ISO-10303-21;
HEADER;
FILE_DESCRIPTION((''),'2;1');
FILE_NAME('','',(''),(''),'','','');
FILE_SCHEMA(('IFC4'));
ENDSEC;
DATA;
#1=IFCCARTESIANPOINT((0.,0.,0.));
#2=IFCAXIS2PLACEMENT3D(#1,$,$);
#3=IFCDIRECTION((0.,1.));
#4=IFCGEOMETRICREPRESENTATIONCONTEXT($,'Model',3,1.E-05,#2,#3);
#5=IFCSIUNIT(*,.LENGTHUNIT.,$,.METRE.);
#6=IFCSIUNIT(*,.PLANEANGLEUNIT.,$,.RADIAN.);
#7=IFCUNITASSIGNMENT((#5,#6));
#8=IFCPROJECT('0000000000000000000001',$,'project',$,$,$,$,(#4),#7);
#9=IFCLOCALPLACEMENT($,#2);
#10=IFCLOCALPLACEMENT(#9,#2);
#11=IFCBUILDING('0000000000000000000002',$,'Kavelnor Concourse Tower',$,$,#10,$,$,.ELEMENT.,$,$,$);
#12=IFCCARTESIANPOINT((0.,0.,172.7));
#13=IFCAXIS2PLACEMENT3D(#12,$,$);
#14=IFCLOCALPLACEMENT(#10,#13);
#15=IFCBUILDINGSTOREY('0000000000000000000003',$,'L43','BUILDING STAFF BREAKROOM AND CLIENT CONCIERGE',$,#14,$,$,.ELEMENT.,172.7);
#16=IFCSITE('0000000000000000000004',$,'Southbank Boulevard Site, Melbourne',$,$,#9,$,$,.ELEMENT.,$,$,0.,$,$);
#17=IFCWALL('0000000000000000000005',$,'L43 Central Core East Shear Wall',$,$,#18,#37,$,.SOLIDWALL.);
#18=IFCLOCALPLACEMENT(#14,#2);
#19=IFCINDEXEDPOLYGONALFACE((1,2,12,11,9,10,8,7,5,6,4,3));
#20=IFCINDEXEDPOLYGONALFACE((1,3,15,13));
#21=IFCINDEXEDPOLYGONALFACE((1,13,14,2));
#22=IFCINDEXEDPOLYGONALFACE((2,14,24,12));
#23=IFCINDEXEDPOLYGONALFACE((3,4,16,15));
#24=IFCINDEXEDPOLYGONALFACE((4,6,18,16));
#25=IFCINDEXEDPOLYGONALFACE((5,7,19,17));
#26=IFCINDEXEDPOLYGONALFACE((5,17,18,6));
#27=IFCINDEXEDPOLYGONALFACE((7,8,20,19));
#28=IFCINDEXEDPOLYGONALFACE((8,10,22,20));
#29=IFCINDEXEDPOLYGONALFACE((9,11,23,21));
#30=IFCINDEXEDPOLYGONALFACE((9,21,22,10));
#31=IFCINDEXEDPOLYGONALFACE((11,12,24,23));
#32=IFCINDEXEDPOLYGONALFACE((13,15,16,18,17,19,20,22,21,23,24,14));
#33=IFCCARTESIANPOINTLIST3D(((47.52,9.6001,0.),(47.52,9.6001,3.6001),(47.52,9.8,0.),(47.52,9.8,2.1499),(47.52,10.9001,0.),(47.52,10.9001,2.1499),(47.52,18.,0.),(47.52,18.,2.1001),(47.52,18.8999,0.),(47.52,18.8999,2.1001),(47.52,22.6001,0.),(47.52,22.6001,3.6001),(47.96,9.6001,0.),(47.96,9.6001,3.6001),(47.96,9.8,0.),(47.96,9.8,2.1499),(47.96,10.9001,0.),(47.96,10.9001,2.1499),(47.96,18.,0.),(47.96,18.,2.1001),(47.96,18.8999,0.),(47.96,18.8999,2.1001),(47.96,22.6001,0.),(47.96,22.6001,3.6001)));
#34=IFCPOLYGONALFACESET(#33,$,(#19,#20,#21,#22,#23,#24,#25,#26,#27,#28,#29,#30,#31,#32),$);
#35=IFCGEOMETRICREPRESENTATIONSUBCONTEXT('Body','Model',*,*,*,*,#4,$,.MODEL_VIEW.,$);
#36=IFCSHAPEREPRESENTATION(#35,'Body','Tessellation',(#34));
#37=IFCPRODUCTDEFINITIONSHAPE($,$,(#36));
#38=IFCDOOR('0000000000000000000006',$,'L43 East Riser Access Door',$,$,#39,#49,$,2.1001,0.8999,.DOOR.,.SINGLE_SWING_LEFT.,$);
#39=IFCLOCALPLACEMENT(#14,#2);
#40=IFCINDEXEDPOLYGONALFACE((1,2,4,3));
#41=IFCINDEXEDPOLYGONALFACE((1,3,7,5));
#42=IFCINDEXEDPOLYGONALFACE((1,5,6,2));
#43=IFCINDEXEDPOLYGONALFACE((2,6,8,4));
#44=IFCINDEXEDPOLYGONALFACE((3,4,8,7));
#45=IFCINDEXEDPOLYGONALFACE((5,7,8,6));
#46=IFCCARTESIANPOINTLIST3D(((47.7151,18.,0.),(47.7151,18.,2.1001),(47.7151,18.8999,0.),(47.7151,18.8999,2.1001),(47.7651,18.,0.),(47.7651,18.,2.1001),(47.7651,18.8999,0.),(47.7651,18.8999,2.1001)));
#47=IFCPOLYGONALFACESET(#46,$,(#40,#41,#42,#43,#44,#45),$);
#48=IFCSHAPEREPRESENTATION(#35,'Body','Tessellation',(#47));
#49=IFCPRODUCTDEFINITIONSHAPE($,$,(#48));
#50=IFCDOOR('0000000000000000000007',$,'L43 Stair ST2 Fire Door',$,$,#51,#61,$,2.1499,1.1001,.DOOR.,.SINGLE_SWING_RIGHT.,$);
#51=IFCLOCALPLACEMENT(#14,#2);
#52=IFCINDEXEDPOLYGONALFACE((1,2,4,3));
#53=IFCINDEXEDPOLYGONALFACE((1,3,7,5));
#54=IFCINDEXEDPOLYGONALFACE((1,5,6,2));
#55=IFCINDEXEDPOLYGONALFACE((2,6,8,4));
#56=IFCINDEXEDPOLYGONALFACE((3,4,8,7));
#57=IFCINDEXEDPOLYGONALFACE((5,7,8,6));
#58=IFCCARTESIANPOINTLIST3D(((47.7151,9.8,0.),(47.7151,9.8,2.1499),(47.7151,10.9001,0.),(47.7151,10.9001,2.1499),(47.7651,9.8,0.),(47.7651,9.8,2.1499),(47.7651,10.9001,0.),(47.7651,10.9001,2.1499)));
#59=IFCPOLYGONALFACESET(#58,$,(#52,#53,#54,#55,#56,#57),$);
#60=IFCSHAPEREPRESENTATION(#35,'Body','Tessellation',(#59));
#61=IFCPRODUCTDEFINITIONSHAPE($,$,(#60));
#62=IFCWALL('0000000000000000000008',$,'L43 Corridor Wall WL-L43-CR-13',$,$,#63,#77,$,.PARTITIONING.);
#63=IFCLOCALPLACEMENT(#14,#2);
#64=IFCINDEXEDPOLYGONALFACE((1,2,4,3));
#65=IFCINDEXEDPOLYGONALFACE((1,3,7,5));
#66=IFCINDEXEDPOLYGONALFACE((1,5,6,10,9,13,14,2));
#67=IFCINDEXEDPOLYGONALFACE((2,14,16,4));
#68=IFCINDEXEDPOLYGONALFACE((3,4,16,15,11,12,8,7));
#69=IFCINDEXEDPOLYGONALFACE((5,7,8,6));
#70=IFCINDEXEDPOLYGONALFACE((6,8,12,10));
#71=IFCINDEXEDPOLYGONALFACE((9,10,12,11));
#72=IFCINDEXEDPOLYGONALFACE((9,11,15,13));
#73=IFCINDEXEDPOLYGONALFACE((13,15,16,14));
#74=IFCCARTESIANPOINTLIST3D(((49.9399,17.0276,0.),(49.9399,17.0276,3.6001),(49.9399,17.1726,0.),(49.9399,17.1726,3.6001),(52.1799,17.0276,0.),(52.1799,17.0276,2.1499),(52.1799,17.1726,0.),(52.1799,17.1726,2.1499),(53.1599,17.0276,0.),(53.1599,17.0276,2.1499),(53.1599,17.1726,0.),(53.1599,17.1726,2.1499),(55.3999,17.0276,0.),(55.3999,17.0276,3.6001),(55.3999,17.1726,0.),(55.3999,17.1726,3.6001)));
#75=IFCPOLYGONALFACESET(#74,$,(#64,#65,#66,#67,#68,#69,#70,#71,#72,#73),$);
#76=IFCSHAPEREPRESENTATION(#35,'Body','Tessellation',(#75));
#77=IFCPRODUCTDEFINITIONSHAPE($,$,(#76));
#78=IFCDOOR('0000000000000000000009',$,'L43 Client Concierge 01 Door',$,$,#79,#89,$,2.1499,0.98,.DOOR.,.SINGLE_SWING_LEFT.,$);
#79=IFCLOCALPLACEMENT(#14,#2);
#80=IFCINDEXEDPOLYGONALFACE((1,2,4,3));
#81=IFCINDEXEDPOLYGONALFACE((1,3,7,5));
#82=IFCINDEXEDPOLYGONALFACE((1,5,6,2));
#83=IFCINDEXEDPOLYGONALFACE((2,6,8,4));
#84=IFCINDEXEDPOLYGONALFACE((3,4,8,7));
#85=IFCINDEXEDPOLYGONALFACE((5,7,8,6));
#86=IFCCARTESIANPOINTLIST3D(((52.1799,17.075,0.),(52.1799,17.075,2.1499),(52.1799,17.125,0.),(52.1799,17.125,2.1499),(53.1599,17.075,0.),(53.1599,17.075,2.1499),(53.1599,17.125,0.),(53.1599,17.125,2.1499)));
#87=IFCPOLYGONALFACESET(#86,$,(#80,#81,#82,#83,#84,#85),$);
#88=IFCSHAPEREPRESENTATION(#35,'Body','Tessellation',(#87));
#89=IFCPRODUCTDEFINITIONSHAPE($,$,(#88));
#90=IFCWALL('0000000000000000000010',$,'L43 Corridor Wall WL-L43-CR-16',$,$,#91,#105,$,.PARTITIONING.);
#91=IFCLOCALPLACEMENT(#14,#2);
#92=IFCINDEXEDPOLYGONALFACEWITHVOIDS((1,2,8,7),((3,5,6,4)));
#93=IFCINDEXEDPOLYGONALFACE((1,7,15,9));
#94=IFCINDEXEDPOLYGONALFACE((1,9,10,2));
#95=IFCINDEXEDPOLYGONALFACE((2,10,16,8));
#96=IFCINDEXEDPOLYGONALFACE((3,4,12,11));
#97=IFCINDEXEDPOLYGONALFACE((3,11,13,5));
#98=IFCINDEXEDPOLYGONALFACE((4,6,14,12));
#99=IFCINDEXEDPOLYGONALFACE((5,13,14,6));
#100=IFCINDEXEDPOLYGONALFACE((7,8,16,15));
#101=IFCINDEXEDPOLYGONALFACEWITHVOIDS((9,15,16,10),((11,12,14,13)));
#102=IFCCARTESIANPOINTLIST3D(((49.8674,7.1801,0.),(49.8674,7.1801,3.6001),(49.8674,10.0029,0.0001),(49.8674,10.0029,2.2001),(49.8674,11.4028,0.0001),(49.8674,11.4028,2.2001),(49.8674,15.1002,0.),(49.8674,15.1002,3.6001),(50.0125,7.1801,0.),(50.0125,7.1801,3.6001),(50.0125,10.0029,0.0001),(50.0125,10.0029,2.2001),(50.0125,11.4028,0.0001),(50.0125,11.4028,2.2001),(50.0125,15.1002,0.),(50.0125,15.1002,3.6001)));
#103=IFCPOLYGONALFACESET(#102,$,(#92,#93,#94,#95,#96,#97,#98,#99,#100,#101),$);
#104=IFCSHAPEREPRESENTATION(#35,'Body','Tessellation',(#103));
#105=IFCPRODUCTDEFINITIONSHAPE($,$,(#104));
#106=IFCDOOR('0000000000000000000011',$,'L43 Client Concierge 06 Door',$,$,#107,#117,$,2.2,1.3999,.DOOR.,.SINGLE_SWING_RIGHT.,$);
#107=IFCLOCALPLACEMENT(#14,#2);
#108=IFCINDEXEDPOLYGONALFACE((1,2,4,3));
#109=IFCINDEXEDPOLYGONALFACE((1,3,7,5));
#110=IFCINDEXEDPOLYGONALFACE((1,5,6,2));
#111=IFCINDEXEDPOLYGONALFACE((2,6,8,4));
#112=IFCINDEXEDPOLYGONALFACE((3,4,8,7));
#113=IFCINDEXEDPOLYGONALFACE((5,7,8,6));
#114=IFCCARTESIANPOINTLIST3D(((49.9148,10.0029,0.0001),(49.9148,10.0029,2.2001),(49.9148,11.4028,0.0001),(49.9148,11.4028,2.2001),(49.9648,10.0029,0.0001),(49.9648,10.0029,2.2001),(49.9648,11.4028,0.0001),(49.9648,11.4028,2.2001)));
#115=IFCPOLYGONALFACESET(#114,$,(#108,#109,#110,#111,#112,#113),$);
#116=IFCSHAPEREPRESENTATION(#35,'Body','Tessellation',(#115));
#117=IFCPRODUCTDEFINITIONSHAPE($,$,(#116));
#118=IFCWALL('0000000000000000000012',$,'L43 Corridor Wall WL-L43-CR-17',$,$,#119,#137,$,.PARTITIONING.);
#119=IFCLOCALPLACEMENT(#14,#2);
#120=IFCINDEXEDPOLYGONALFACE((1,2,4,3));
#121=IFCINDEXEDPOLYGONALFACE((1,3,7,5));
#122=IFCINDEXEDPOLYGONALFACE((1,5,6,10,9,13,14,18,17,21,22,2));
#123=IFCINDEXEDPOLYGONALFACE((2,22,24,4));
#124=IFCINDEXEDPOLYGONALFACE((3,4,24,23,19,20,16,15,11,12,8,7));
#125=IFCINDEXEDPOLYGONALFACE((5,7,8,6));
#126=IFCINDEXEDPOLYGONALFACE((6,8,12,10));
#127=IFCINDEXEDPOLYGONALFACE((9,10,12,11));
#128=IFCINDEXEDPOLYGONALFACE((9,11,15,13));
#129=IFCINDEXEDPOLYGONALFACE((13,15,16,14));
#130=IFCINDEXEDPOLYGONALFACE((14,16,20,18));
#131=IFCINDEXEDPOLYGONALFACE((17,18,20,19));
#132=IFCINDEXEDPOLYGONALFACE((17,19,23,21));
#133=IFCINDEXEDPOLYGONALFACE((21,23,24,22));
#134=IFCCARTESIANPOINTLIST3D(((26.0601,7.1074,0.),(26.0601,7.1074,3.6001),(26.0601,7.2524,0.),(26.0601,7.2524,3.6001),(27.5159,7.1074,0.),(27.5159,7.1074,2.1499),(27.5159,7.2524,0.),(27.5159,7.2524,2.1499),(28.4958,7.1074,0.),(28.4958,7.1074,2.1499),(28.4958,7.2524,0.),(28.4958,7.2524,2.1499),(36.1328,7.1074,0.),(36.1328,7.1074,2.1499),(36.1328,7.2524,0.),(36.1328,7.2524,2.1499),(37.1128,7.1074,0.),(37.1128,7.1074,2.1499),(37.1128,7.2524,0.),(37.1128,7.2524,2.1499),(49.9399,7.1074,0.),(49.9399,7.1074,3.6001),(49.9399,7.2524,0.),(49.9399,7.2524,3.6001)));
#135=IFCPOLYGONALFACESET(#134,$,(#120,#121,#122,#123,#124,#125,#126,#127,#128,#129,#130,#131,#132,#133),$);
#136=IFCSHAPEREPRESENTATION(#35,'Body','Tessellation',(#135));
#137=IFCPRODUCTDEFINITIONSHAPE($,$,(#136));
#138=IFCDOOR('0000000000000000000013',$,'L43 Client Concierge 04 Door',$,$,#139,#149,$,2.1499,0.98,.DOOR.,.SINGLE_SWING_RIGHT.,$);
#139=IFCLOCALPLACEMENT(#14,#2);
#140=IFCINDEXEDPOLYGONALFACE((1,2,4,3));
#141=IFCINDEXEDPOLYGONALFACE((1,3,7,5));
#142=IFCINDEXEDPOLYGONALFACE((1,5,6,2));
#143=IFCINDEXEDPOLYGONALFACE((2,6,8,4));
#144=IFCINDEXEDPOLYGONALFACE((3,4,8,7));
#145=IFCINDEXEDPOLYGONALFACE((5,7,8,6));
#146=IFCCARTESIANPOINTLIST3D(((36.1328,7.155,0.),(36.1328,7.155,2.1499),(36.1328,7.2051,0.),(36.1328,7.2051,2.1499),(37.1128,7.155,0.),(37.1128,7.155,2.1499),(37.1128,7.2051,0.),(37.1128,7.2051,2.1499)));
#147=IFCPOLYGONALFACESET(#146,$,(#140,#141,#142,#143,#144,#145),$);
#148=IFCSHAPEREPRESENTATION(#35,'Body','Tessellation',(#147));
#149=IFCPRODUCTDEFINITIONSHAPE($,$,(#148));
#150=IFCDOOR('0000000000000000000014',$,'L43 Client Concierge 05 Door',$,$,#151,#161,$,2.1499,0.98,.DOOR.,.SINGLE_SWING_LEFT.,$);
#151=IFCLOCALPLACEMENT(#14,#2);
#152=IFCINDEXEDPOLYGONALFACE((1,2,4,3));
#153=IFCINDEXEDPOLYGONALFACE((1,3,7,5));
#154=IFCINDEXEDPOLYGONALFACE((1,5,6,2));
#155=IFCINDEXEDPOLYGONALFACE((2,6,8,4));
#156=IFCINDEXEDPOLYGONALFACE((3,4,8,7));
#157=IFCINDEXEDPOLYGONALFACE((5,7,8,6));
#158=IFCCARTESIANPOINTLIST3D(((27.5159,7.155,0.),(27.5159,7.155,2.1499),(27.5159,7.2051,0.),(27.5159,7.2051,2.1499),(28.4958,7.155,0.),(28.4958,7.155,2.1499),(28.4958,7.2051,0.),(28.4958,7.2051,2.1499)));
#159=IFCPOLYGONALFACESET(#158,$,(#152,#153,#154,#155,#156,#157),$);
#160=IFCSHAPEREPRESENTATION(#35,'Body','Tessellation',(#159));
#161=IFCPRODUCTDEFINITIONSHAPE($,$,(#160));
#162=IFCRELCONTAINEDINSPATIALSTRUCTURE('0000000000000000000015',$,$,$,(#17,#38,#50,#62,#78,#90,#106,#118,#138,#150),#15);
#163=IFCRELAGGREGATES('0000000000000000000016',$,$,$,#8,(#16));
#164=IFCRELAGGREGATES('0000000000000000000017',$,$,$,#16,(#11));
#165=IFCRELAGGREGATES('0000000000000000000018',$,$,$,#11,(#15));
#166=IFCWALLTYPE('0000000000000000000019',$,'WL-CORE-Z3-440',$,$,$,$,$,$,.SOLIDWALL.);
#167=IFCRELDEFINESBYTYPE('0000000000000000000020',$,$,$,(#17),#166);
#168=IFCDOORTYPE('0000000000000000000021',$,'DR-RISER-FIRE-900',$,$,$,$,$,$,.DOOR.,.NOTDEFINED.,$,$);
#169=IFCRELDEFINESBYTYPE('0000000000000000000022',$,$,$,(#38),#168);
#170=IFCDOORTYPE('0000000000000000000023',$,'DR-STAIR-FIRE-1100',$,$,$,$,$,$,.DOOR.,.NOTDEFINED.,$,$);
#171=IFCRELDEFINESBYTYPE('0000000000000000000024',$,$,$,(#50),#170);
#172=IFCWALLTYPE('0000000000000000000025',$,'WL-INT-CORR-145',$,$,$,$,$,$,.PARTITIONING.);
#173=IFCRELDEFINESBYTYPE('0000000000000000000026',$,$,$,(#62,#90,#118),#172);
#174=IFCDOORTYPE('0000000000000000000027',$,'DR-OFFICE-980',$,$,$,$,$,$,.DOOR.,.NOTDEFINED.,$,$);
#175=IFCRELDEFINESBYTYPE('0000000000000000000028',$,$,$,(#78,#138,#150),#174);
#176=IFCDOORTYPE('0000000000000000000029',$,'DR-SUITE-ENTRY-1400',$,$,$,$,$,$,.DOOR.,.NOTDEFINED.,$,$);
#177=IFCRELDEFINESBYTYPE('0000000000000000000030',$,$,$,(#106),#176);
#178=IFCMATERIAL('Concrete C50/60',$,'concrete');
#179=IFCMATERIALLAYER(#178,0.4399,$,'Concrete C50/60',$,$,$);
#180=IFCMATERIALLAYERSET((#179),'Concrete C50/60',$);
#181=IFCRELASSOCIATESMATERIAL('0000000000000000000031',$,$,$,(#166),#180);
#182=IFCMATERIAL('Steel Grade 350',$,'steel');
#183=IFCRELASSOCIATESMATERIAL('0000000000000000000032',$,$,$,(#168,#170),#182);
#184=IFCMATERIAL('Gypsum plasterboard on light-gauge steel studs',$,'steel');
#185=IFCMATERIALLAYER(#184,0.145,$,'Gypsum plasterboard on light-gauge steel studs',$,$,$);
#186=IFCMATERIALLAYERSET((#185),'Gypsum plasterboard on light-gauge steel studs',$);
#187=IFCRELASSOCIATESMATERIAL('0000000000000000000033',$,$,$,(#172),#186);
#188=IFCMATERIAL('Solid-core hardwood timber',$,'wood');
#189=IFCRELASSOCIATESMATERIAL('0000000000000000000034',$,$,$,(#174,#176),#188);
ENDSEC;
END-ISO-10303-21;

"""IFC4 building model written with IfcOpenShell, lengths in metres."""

from ifc_helpers import new_model, si_unit, direction, frame, frame_2d, origin, place, context, subcontext, project, spatial, rectangle, extrude, material, layer, layer_set, type_object, element, fill, save


model = new_model("IFC4")

# Units and contexts
model_context = context("Model", 3, precision=1e-05, world=origin(), true_north=direction((0.0, 1.0)))
body_context = subcontext(model_context, "Body", "Model", "MODEL_VIEW")
ifc_project = project(units=[si_unit("LENGTHUNIT", "METRE"), si_unit("PLANEANGLEUNIT", "RADIAN")], contexts=[model_context])

# Site, building, storey
site_placement = place(None, origin())
site = spatial("IfcSite", under=ifc_project, at=site_placement, Name="Southbank Boulevard Site, Melbourne", CompositionType="ELEMENT", RefElevation=0.0)
building_placement = place(site_placement, origin())
building = spatial("IfcBuilding", under=site, at=building_placement, Name="Kavelnor Concourse Tower", CompositionType="ELEMENT")
storey_placement = place(building_placement, frame((0.0, 0.0, 172.7)))
storey = spatial("IfcBuildingStorey", under=building, at=storey_placement, Name="L43", Description="BUILDING STAFF BREAKROOM AND CLIENT CONCIERGE", CompositionType="ELEMENT", Elevation=172.7)

# Shared definitions
ifc_material_1 = material(Name="Steel Grade 350", Category="steel")

# Wall, openings, doors
ifc_material_2 = material(Name="Concrete C50/60", Category="concrete")
ifc_layer_1 = layer(ifc_material_2, 0.4399, Name="Concrete C50/60")
ifc_layer_set_1 = layer_set([ifc_layer_1], Name="Concrete C50/60")
wall_type_1 = type_object("IfcWallType", Name="WL-CORE-Z3-440", PredefinedType="SOLIDWALL", material=ifc_layer_set_1)
wall_1_placement = place(storey_placement, frame((47.74, 9.6001, 0.0), z_axis=(0.0, 0.0, 1.0), x_axis=(0.0, 1.0, 0.0)))
wall_1 = element("IfcWall", 1, at=wall_1_placement, inside=storey, type_object=wall_type_1, Name="L43 Central Core East Shear Wall", PredefinedType="SOLIDWALL", context=body_context, shape_type="SweptSolid", body=[
    extrude(rectangle(XDim=13.0, YDim=0.4399, at=frame_2d((6.5, 0.0))), origin(), (0.0, 0.0, 1.0), 3.6001),
])
opening_1_placement = place(wall_1_placement, frame((0.2, 0.0, 0.0)))
opening_1 = element("IfcOpeningElement", 2, at=opening_1_placement, cuts=wall_1, PredefinedType="OPENING", context=body_context, shape_type="SweptSolid", body=[
    extrude(rectangle(XDim=1.1001, YDim=2.1499, at=frame_2d((0.55, 1.075))), frame((0.0, 0.23, 0.0), z_axis=(0.0, -1.0, 0.0), x_axis=(1.0, 0.0, 0.0)), (0.0, 0.0, 1.0), 0.46),
])
opening_2_placement = place(wall_1_placement, frame((8.3999, 0.0, 0.0)))
opening_2 = element("IfcOpeningElement", 3, at=opening_2_placement, cuts=wall_1, PredefinedType="OPENING", context=body_context, shape_type="SweptSolid", body=[
    extrude(rectangle(XDim=0.8999, YDim=2.1001, at=frame_2d((0.45, 1.05))), frame((0.0, 0.23, 0.0), z_axis=(0.0, -1.0, 0.0), x_axis=(1.0, 0.0, 0.0)), (0.0, 0.0, 1.0), 0.46),
])
door_type_1 = type_object("IfcDoorType", Name="DR-RISER-FIRE-900", OperationType="NOTDEFINED", PredefinedType="DOOR", material=ifc_material_1)
door_1_placement = place(opening_2_placement, origin())
door_1 = element("IfcDoor", 4, at=door_1_placement, inside=storey, type_object=door_type_1, Name="L43 East Riser Access Door", OperationType="SINGLE_SWING_LEFT", OverallHeight=2.1001, OverallWidth=0.8999, PredefinedType="DOOR", context=body_context, shape_type="SweptSolid", body=[
    extrude(rectangle(XDim=0.8999, YDim=2.1001, at=frame_2d((0.45, 1.05))), frame((0.0, 0.0249, 0.0), z_axis=(0.0, -1.0, 0.0), x_axis=(1.0, 0.0, 0.0)), (0.0, 0.0, 1.0), 0.05),
])
fill(opening_2, door_1)
door_type_2 = type_object("IfcDoorType", Name="DR-STAIR-FIRE-1100", OperationType="NOTDEFINED", PredefinedType="DOOR", material=ifc_material_1)
door_2_placement = place(opening_1_placement, origin())
door_2 = element("IfcDoor", 5, at=door_2_placement, inside=storey, type_object=door_type_2, Name="L43 Stair ST2 Fire Door", OperationType="SINGLE_SWING_RIGHT", OverallHeight=2.1499, OverallWidth=1.1001, PredefinedType="DOOR", context=body_context, shape_type="SweptSolid", body=[
    extrude(rectangle(XDim=1.1001, YDim=2.1499, at=frame_2d((0.55, 1.075))), frame((0.0, 0.0249, 0.0), z_axis=(0.0, -1.0, 0.0), x_axis=(1.0, 0.0, 0.0)), (0.0, 0.0, 1.0), 0.05),
])
fill(opening_1, door_2)

# Walls, openings, doors
ifc_material_3 = material(Name="Gypsum plasterboard on light-gauge steel studs", Category="steel")
ifc_layer_2 = layer(ifc_material_3, 0.145, Name="Gypsum plasterboard on light-gauge steel studs")
ifc_layer_set_2 = layer_set([ifc_layer_2], Name="Gypsum plasterboard on light-gauge steel studs")
wall_type_2 = type_object("IfcWallType", Name="WL-INT-CORR-145", PredefinedType="PARTITIONING", material=ifc_layer_set_2)
wall_2_placement = place(storey_placement, frame((49.9399, 17.1001, 0.0), z_axis=(0.0, 0.0, 1.0), x_axis=(1.0, 0.0, 0.0)))
wall_2 = element("IfcWall", 6, at=wall_2_placement, inside=storey, type_object=wall_type_2, Name="L43 Corridor Wall WL-L43-CR-13", PredefinedType="PARTITIONING", context=body_context, shape_type="SweptSolid", body=[
    extrude(rectangle(XDim=5.46, YDim=0.145, at=frame_2d((2.73, 0.0))), origin(), (0.0, 0.0, 1.0), 3.6001),
])
opening_3_placement = place(wall_2_placement, frame((2.24, 0.0, 0.0)))
opening_3 = element("IfcOpeningElement", 7, at=opening_3_placement, cuts=wall_2, PredefinedType="OPENING", context=body_context, shape_type="SweptSolid", body=[
    extrude(rectangle(XDim=0.98, YDim=2.1499, at=frame_2d((0.49, 1.075))), frame((0.0, 0.0825, 0.0), z_axis=(0.0, -1.0, 0.0), x_axis=(1.0, 0.0, 0.0)), (0.0, 0.0, 1.0), 0.165),
])
ifc_material_4 = material(Name="Solid-core hardwood timber", Category="wood")
door_type_3 = type_object("IfcDoorType", Name="DR-OFFICE-980", OperationType="NOTDEFINED", PredefinedType="DOOR", material=ifc_material_4)
door_3_placement = place(opening_3_placement, origin())
door_3 = element("IfcDoor", 8, at=door_3_placement, inside=storey, type_object=door_type_3, Name="L43 Client Concierge 01 Door", OperationType="SINGLE_SWING_LEFT", OverallHeight=2.1499, OverallWidth=0.98, PredefinedType="DOOR", context=body_context, shape_type="SweptSolid", body=[
    extrude(rectangle(XDim=0.98, YDim=2.1499, at=frame_2d((0.49, 1.075))), frame((0.0, 0.0249, 0.0), z_axis=(0.0, -1.0, 0.0), x_axis=(1.0, 0.0, 0.0)), (0.0, 0.0, 1.0), 0.05),
])
fill(opening_3, door_3)
wall_3_placement = place(storey_placement, frame((49.9399, 15.1001, 0.0), z_axis=(0.0, 0.0, 1.0), x_axis=(0.0, -1.0, 0.0)))
wall_3 = element("IfcWall", 9, at=wall_3_placement, inside=storey, type_object=wall_type_2, Name="L43 Corridor Wall WL-L43-CR-16", PredefinedType="PARTITIONING", context=body_context, shape_type="SweptSolid", body=[
    extrude(rectangle(XDim=7.9202, YDim=0.145, at=frame_2d((3.96, 0.0))), origin(), (0.0, 0.0, 1.0), 3.6001),
])
opening_4_placement = place(wall_3_placement, frame((3.6973, 0.0, 0.0)))
opening_4 = element("IfcOpeningElement", 10, at=opening_4_placement, cuts=wall_3, PredefinedType="OPENING", context=body_context, shape_type="SweptSolid", body=[
    extrude(rectangle(XDim=1.3999, YDim=2.2, at=frame_2d((0.7, 1.1001))), frame((0.0, 0.0825, 0.0), z_axis=(0.0, -1.0, 0.0), x_axis=(1.0, 0.0, 0.0)), (0.0, 0.0, 1.0), 0.165),
])
door_type_4 = type_object("IfcDoorType", Name="DR-SUITE-ENTRY-1400", OperationType="NOTDEFINED", PredefinedType="DOOR", material=ifc_material_4)
door_4_placement = place(opening_4_placement, origin())
door_4 = element("IfcDoor", 11, at=door_4_placement, inside=storey, type_object=door_type_4, Name="L43 Client Concierge 06 Door", OperationType="SINGLE_SWING_RIGHT", OverallHeight=2.2, OverallWidth=1.3999, PredefinedType="DOOR", context=body_context, shape_type="SweptSolid", body=[
    extrude(rectangle(XDim=1.3999, YDim=2.2, at=frame_2d((0.7, 1.1001))), frame((0.0, 0.0249, 0.0), z_axis=(0.0, -1.0, 0.0), x_axis=(1.0, 0.0, 0.0)), (0.0, 0.0, 1.0), 0.05),
])
fill(opening_4, door_4)

# Wall, openings, doors
wall_4_placement = place(storey_placement, frame((49.9399, 7.1799, 0.0), z_axis=(0.0, 0.0, 1.0), x_axis=(-1.0, 0.0, 0.0)))
wall_4 = element("IfcWall", 12, at=wall_4_placement, inside=storey, type_object=wall_type_2, Name="L43 Corridor Wall WL-L43-CR-17", PredefinedType="PARTITIONING", context=body_context, shape_type="SweptSolid", body=[
    extrude(rectangle(XDim=23.8799, YDim=0.145, at=frame_2d((11.9399, 0.0))), origin(), (0.0, 0.0, 1.0), 3.6001),
])
opening_5_placement = place(wall_4_placement, frame((12.8271, 0.0, 0.0)))
opening_5 = element("IfcOpeningElement", 13, at=opening_5_placement, cuts=wall_4, PredefinedType="OPENING", context=body_context, shape_type="SweptSolid", body=[
    extrude(rectangle(XDim=0.98, YDim=2.1499, at=frame_2d((0.49, 1.075))), frame((0.0, 0.0825, 0.0), z_axis=(0.0, -1.0, 0.0), x_axis=(1.0, 0.0, 0.0)), (0.0, 0.0, 1.0), 0.165),
])
opening_6_placement = place(wall_4_placement, frame((21.4441, 0.0, 0.0)))
opening_6 = element("IfcOpeningElement", 14, at=opening_6_placement, cuts=wall_4, PredefinedType="OPENING", context=body_context, shape_type="SweptSolid", body=[
    extrude(rectangle(XDim=0.98, YDim=2.1499, at=frame_2d((0.49, 1.075))), frame((0.0, 0.0825, 0.0), z_axis=(0.0, -1.0, 0.0), x_axis=(1.0, 0.0, 0.0)), (0.0, 0.0, 1.0), 0.165),
])
door_5_placement = place(opening_5_placement, origin())
door_5 = element("IfcDoor", 15, at=door_5_placement, inside=storey, type_object=door_type_3, Name="L43 Client Concierge 04 Door", OperationType="SINGLE_SWING_RIGHT", OverallHeight=2.1499, OverallWidth=0.98, PredefinedType="DOOR", context=body_context, shape_type="SweptSolid", body=[
    extrude(rectangle(XDim=0.98, YDim=2.1499, at=frame_2d((0.49, 1.075))), frame((0.0, 0.0249, 0.0), z_axis=(0.0, -1.0, 0.0), x_axis=(1.0, 0.0, 0.0)), (0.0, 0.0, 1.0), 0.05),
])
fill(opening_5, door_5)
door_6_placement = place(opening_6_placement, origin())
door_6 = element("IfcDoor", 16, at=door_6_placement, inside=storey, type_object=door_type_3, Name="L43 Client Concierge 05 Door", OperationType="SINGLE_SWING_LEFT", OverallHeight=2.1499, OverallWidth=0.98, PredefinedType="DOOR", context=body_context, shape_type="SweptSolid", body=[
    extrude(rectangle(XDim=0.98, YDim=2.1499, at=frame_2d((0.49, 1.075))), frame((0.0, 0.0249, 0.0), z_axis=(0.0, -1.0, 0.0), x_axis=(1.0, 0.0, 0.0)), (0.0, 0.0, 1.0), 0.05),
])
fill(opening_6, door_6)

save(model, "model.ifc")
